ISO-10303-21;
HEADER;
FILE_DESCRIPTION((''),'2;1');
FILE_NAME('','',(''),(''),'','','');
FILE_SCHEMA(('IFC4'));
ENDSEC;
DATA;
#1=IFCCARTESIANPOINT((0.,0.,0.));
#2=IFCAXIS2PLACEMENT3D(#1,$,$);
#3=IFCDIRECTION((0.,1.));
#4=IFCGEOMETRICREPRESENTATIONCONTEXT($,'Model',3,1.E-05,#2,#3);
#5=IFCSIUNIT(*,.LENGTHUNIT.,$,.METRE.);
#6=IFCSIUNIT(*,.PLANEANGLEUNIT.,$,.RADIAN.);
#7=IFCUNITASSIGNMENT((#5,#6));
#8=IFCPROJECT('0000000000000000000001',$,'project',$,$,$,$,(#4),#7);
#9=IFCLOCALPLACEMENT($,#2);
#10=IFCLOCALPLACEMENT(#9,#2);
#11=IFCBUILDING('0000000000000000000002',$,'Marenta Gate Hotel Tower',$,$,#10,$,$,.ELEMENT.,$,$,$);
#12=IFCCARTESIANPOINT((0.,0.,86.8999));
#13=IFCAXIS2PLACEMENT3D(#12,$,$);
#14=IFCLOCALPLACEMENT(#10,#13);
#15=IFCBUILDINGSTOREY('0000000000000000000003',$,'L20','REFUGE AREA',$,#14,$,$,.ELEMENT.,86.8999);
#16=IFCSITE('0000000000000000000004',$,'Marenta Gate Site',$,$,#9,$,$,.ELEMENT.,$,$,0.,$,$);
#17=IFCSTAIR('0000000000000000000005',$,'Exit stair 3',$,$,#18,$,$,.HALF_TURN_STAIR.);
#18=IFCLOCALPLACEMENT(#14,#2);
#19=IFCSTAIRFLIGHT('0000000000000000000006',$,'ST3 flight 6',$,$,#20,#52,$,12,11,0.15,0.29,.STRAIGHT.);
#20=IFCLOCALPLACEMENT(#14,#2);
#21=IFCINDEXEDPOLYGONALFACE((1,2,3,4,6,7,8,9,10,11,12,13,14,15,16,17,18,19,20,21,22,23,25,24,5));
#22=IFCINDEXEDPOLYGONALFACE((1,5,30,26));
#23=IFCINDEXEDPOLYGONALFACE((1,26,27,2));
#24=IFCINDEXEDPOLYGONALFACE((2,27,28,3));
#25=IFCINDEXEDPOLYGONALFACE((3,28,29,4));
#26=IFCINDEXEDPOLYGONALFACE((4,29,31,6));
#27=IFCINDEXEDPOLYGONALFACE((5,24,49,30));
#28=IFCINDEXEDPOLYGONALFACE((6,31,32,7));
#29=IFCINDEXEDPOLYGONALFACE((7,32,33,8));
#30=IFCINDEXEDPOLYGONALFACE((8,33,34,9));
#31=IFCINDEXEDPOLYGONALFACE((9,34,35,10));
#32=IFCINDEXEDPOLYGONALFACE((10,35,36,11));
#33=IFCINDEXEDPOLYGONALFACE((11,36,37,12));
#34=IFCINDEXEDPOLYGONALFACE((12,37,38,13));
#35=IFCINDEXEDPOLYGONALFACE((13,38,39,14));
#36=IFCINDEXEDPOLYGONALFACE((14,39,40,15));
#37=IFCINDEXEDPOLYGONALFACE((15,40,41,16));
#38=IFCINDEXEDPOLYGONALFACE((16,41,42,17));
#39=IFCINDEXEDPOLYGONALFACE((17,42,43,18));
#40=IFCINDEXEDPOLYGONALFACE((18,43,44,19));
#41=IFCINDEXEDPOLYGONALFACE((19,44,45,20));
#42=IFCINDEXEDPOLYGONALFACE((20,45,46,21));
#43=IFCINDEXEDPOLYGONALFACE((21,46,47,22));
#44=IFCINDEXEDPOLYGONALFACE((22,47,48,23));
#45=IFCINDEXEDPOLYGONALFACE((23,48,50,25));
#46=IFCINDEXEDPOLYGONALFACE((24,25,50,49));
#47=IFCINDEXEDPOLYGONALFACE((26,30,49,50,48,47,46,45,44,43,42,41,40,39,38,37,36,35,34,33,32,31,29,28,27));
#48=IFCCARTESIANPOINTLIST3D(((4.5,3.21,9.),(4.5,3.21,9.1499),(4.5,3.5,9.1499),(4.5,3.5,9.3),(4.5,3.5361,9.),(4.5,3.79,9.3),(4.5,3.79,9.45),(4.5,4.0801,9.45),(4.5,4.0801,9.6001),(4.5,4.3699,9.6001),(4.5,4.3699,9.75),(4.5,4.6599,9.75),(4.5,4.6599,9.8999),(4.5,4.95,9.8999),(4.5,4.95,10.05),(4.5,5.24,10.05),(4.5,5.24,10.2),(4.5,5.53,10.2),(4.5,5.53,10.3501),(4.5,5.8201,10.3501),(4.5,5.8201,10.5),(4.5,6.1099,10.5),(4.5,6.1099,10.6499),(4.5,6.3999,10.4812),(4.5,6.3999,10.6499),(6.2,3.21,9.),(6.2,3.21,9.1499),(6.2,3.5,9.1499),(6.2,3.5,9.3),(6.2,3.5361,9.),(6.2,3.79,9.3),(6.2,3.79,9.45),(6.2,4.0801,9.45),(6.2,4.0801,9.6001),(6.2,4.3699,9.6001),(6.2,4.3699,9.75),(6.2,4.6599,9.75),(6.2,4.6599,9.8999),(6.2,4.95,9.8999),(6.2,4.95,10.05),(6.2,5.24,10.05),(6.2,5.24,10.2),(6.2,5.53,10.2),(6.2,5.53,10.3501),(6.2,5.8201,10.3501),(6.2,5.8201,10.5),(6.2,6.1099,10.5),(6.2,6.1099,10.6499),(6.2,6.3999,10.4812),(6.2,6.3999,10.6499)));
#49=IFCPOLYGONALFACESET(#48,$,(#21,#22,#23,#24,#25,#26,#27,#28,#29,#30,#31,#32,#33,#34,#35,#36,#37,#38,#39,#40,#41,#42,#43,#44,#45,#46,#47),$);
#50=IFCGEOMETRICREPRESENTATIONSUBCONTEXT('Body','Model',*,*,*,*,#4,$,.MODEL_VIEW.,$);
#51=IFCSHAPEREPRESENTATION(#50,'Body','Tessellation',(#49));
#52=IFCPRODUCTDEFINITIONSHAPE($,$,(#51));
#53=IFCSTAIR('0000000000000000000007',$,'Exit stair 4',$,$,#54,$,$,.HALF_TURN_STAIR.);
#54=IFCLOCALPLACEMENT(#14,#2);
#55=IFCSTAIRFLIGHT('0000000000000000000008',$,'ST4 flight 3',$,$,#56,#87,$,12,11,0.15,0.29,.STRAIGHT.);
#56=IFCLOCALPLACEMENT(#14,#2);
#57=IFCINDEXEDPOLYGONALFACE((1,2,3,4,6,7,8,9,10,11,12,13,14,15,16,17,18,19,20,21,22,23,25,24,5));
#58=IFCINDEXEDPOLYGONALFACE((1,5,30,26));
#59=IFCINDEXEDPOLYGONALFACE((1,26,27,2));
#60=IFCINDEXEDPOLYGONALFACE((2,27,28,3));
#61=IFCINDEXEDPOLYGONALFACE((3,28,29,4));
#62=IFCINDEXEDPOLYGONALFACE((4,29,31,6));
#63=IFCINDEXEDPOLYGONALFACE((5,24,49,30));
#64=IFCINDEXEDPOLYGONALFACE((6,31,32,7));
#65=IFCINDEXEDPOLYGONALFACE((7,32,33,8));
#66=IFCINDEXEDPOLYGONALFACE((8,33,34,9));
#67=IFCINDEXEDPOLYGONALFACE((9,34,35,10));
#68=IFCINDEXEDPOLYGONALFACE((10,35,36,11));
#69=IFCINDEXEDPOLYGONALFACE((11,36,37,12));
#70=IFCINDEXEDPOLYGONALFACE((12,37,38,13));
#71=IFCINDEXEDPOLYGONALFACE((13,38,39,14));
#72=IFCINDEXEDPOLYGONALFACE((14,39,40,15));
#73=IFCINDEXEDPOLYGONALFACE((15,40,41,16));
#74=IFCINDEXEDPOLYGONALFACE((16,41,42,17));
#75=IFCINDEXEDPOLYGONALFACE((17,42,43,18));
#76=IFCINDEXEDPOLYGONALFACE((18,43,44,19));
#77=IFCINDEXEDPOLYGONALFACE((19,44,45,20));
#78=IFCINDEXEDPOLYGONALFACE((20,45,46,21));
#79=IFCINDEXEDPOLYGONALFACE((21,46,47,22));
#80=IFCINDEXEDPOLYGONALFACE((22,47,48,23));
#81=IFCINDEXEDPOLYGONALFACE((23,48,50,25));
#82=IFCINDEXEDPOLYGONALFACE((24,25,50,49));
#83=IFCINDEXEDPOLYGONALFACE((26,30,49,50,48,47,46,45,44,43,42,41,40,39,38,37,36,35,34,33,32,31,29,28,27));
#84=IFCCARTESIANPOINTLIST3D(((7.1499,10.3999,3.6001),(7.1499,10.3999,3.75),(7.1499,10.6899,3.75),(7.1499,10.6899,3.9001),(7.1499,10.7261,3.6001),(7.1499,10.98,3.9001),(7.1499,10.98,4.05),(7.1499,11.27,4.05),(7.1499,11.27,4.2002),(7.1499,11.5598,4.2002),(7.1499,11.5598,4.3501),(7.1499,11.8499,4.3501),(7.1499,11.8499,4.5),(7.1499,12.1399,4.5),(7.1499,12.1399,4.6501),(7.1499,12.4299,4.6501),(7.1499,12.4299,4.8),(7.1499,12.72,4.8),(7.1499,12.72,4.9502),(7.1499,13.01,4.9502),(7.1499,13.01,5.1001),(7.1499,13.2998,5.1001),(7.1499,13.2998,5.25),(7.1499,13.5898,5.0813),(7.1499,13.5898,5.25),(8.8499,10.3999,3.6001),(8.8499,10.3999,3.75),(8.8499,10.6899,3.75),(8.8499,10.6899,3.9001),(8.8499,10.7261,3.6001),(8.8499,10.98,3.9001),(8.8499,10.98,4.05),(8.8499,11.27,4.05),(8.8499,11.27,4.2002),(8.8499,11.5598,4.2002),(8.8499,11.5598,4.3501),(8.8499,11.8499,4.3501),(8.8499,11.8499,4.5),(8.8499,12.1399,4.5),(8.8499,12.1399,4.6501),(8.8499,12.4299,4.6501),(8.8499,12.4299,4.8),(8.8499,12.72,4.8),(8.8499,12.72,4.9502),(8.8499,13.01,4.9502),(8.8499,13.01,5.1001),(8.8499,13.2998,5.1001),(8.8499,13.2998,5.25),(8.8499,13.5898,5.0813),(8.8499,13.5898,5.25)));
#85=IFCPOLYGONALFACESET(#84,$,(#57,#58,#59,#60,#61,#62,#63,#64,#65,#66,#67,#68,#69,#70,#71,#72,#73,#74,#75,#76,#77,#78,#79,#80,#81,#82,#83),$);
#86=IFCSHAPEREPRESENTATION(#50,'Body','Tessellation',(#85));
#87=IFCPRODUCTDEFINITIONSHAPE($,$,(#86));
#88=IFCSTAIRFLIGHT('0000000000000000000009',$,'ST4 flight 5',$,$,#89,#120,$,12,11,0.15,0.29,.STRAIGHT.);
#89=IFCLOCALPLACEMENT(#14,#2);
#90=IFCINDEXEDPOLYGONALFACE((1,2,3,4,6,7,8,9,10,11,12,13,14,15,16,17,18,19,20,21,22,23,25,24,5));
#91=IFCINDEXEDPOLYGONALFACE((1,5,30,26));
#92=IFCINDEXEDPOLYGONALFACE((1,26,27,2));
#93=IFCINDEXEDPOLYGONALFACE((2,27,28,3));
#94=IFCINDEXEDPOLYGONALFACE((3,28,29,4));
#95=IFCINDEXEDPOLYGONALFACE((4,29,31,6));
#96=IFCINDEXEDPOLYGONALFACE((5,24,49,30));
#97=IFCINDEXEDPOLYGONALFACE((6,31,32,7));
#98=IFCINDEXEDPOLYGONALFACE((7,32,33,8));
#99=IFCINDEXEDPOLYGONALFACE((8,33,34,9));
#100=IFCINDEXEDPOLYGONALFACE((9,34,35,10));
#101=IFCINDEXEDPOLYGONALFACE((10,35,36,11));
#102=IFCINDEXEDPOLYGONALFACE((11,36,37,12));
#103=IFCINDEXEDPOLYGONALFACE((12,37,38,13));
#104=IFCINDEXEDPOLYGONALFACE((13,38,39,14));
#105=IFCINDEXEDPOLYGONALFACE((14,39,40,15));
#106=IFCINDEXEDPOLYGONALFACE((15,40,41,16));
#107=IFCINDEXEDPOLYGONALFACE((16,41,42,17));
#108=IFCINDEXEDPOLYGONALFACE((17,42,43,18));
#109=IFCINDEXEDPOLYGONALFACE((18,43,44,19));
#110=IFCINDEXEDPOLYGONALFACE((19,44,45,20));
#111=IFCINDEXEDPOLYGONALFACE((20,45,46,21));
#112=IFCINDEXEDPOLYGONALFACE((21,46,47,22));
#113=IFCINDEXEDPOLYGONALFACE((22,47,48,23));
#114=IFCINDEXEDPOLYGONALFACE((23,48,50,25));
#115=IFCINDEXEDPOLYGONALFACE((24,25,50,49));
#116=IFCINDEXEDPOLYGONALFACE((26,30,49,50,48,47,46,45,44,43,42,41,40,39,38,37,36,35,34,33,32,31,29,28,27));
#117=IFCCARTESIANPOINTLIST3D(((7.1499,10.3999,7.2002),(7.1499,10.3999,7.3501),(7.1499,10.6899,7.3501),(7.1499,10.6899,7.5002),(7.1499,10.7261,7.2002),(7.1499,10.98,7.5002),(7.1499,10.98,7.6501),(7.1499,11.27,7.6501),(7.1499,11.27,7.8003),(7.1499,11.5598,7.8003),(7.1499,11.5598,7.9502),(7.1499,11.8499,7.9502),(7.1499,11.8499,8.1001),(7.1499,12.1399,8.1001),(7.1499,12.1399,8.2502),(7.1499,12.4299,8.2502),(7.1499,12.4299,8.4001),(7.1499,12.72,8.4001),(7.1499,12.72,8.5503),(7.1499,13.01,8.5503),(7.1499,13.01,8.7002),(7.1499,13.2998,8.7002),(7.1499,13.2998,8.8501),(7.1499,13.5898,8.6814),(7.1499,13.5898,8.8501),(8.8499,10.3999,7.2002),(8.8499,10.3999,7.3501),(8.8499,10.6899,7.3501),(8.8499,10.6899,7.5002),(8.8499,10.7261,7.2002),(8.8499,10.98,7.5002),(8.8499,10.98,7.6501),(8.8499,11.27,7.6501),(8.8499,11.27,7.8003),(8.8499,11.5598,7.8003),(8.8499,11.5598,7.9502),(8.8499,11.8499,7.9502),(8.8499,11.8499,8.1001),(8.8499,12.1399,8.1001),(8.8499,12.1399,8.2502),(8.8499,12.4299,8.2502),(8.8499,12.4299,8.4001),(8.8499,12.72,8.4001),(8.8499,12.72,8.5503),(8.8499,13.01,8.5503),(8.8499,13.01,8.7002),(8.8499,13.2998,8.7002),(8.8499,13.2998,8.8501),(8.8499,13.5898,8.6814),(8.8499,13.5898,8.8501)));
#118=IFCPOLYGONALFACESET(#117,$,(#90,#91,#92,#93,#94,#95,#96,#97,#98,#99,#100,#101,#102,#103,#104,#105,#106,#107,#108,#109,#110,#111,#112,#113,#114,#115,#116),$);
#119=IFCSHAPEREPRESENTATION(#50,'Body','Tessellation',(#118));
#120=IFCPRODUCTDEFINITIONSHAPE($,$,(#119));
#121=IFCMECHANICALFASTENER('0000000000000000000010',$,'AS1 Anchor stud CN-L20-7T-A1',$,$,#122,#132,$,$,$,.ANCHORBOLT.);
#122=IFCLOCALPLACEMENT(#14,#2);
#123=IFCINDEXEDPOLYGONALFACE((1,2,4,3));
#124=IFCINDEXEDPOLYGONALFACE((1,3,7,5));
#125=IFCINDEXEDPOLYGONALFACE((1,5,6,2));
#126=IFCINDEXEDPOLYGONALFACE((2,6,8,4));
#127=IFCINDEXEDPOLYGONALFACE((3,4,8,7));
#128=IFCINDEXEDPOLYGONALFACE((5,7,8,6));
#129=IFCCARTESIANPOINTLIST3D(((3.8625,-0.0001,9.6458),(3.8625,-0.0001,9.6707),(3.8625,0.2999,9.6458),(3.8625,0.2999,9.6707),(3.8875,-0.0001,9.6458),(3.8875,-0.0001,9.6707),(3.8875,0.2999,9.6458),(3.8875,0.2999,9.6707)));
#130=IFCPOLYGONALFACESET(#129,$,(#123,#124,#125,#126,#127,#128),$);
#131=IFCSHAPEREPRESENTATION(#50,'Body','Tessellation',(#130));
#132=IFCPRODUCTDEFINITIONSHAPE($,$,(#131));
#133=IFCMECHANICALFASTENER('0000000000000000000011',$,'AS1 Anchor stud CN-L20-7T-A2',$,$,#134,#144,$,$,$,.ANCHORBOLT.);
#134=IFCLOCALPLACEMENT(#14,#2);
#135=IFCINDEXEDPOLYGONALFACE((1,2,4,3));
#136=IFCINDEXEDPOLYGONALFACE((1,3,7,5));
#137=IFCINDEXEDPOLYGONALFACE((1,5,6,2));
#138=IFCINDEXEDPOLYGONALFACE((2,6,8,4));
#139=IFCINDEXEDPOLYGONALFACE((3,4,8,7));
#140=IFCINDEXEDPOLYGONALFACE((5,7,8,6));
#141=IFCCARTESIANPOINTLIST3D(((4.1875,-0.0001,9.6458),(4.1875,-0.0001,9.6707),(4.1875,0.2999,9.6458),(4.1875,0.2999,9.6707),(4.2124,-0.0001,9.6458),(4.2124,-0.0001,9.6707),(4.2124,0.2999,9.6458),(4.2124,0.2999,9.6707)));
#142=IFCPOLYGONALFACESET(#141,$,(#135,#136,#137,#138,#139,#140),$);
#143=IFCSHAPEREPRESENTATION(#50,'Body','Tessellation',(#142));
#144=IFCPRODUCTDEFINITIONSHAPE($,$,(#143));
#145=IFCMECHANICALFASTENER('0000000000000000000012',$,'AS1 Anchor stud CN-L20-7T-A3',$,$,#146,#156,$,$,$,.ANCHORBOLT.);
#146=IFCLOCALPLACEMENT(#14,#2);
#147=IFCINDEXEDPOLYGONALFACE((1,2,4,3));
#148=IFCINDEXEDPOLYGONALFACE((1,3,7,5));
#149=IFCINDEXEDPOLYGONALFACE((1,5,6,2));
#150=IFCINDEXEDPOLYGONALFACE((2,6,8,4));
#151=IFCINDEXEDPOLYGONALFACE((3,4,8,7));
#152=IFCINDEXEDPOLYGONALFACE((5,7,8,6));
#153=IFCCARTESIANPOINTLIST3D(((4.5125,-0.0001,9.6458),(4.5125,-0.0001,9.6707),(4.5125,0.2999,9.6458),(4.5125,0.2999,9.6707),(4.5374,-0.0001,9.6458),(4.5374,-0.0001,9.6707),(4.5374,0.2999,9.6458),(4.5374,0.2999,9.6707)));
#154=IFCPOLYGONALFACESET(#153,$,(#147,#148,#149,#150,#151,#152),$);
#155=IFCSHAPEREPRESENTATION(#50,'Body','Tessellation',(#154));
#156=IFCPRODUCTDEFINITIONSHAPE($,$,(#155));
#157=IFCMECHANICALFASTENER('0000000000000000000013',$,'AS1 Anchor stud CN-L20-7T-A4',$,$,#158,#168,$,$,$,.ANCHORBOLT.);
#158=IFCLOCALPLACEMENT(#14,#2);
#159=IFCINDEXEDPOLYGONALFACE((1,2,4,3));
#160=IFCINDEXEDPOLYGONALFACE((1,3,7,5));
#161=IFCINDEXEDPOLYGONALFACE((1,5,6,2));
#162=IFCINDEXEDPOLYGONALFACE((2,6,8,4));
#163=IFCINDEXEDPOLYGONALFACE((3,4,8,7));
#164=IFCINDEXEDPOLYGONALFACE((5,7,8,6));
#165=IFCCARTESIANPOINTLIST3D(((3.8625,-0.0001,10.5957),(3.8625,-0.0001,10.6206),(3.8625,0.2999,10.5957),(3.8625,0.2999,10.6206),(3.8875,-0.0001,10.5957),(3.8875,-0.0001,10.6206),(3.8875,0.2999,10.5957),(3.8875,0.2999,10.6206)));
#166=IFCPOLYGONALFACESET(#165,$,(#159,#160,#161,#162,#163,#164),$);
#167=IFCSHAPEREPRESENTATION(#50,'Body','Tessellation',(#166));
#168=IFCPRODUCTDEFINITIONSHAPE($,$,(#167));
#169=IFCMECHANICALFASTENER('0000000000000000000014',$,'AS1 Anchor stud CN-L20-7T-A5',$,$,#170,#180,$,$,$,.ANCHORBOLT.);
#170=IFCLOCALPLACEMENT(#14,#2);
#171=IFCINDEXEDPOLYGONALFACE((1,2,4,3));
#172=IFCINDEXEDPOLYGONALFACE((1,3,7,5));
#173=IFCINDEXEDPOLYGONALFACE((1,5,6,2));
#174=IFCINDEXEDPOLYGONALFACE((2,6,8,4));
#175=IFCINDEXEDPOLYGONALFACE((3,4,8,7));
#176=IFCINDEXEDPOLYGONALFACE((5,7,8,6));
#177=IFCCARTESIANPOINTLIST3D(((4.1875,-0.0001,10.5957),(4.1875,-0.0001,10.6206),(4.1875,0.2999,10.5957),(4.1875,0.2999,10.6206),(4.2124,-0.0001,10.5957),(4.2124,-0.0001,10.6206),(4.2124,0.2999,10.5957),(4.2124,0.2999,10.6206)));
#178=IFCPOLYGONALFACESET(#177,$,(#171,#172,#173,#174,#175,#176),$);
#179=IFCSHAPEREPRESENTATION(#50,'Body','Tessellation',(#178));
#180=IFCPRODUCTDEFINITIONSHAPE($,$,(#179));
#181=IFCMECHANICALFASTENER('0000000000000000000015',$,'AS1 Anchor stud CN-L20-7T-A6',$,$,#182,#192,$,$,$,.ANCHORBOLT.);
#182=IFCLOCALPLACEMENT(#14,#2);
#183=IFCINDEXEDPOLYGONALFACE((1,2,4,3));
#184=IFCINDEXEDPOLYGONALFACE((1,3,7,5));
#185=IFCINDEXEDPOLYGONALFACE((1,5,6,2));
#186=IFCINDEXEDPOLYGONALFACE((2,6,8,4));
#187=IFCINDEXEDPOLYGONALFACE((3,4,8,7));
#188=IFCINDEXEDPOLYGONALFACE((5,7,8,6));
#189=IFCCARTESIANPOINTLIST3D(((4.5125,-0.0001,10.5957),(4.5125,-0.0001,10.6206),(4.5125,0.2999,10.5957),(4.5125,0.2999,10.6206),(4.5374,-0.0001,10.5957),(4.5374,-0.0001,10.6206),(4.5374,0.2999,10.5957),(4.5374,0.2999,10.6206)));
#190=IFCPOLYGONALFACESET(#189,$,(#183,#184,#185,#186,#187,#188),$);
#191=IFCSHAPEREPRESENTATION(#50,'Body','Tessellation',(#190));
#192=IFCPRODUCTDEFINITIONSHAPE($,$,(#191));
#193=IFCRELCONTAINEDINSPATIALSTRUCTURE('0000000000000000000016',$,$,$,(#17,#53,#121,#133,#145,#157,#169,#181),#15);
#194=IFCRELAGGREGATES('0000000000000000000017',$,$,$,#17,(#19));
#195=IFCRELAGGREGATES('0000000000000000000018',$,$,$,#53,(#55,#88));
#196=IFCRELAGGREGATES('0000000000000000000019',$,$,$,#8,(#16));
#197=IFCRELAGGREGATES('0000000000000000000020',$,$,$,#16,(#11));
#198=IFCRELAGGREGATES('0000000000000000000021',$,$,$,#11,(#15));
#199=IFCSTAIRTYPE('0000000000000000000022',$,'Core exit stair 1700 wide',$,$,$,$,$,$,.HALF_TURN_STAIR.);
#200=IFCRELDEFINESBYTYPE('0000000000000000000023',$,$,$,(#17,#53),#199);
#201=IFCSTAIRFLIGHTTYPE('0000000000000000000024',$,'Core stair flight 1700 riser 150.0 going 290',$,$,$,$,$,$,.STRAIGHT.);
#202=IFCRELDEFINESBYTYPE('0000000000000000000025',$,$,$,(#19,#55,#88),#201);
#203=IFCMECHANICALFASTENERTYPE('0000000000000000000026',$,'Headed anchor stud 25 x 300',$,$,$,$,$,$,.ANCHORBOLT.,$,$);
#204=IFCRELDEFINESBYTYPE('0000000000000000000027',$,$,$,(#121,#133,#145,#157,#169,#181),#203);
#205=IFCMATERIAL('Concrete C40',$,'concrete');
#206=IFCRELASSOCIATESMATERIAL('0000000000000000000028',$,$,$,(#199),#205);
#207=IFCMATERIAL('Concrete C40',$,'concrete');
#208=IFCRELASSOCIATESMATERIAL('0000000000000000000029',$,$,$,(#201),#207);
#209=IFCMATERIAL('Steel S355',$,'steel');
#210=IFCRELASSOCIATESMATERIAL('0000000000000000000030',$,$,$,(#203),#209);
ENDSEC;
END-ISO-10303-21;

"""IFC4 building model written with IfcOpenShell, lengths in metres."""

from ifc_helpers import new_model, si_unit, direction, frame, origin, origin_2d, place, context, subcontext, project, spatial, polyline, rectangle, outline, extrude, material, type_object, element, aggregate, save


model = new_model("IFC4")

# Units and contexts
model_context = context("Model", 3, precision=1e-05, world=origin(), true_north=direction((0.0, 1.0)))
body_context = subcontext(model_context, "Body", "Model", "MODEL_VIEW")
ifc_project = project(units=[si_unit("LENGTHUNIT", "METRE"), si_unit("PLANEANGLEUNIT", "RADIAN")], contexts=[model_context])

# Site, building, storey
site_placement = place(None, origin())
site = spatial("IfcSite", under=ifc_project, at=site_placement, Name="Marenta Gate Site", CompositionType="ELEMENT", RefElevation=0.0)
building_placement = place(site_placement, origin())
building = spatial("IfcBuilding", under=site, at=building_placement, Name="Marenta Gate Hotel Tower", CompositionType="ELEMENT")
storey_placement = place(building_placement, frame((0.0, 0.0, 86.8999)))
storey = spatial("IfcBuildingStorey", under=building, at=storey_placement, Name="L20", Description="REFUGE AREA", CompositionType="ELEMENT", Elevation=86.8999)

# Stairs, stair flights
ifc_material_1 = material(Name="Concrete C40", Category="concrete")
stair_type = type_object("IfcStairType", Name="Core exit stair 1700 wide", PredefinedType="HALF_TURN_STAIR", material=ifc_material_1)
stair_1_placement = place(storey_placement, origin())
stair_1 = element("IfcStair", 1, at=stair_1_placement, inside=storey, type_object=stair_type, Name="Exit stair 3", PredefinedType="HALF_TURN_STAIR")
ifc_material_2 = material(Name="Concrete C40", Category="concrete")
stair_flight_type = type_object("IfcStairFlightType", Name="Core stair flight 1700 riser 150.0 going 290", PredefinedType="STRAIGHT", material=ifc_material_2)
stair_flight_1_placement = place(storey_placement, frame((5.3501, 3.21, 9.0), z_axis=(0.0, 0.0, 1.0), x_axis=(0.0, 1.0, 0.0)))
stair_flight_1 = element("IfcStairFlight", 2, at=stair_flight_1_placement, type_object=stair_flight_type, Name="ST3 flight 6", NumberOfRisers=12, NumberOfTreads=11, PredefinedType="STRAIGHT", RiserHeight=0.15, TreadLength=0.29, context=body_context, shape_type="SweptSolid", body=[
    extrude(outline(polyline([(0.0, 0.0), (0.0, 0.1499), (0.29, 0.1499), (0.29, 0.3), (0.5801, 0.3), (0.5801, 0.45), (0.8701, 0.45), (0.8701, 0.6001), (1.1599, 0.6001), (1.1599, 0.75), (1.45, 0.75), (1.45, 0.8999), (1.74, 0.8999), (1.74, 1.05), (2.03, 1.05), (2.03, 1.2), (2.3201, 1.2), (2.3201, 1.3501), (2.6101, 1.3501), (2.6101, 1.5), (2.8999, 1.5), (2.8999, 1.6499), (3.1899, 1.6499), (3.1899, 1.8), (3.1899, 1.4812), (0.3262, 0.0), (0.0, 0.0)])), frame((0.0, 0.8501, 0.0), z_axis=(0.0, -1.0, 0.0), x_axis=(1.0, 0.0, 0.0)), (0.0, 0.0, 1.0), 1.7),
])
aggregate(stair_1, [stair_flight_1])
stair_2_placement = place(storey_placement, origin())
stair_2 = element("IfcStair", 3, at=stair_2_placement, inside=storey, type_object=stair_type, Name="Exit stair 4", PredefinedType="HALF_TURN_STAIR")
stair_flight_2_placement = place(storey_placement, frame((8.0, 10.3999, 3.6001), z_axis=(0.0, 0.0, 1.0), x_axis=(0.0, 1.0, 0.0)))
stair_flight_2 = element("IfcStairFlight", 4, at=stair_flight_2_placement, type_object=stair_flight_type, Name="ST4 flight 3", NumberOfRisers=12, NumberOfTreads=11, PredefinedType="STRAIGHT", RiserHeight=0.15, TreadLength=0.29, context=body_context, shape_type="SweptSolid", body=[
    extrude(outline(polyline([(0.0, 0.0), (0.0, 0.1499), (0.29, 0.1499), (0.29, 0.3), (0.5801, 0.3), (0.5801, 0.45), (0.8701, 0.45), (0.8701, 0.6001), (1.1599, 0.6001), (1.1599, 0.75), (1.45, 0.75), (1.45, 0.8999), (1.74, 0.8999), (1.74, 1.05), (2.03, 1.05), (2.03, 1.2), (2.3201, 1.2), (2.3201, 1.3501), (2.6101, 1.3501), (2.6101, 1.5), (2.8999, 1.5), (2.8999, 1.6499), (3.1899, 1.6499), (3.1899, 1.8), (3.1899, 1.4812), (0.3262, 0.0), (0.0, 0.0)])), frame((0.0, 0.8501, 0.0), z_axis=(0.0, -1.0, 0.0), x_axis=(1.0, 0.0, 0.0)), (0.0, 0.0, 1.0), 1.7),
])
stair_flight_3_placement = place(storey_placement, frame((8.0, 10.3999, 7.2002), z_axis=(0.0, 0.0, 1.0), x_axis=(0.0, 1.0, 0.0)))
stair_flight_3 = element("IfcStairFlight", 5, at=stair_flight_3_placement, type_object=stair_flight_type, Name="ST4 flight 5", NumberOfRisers=12, NumberOfTreads=11, PredefinedType="STRAIGHT", RiserHeight=0.15, TreadLength=0.29, context=body_context, shape_type="SweptSolid", body=[
    extrude(outline(polyline([(0.0, 0.0), (0.0, 0.1499), (0.29, 0.1499), (0.29, 0.3), (0.5801, 0.3), (0.5801, 0.45), (0.8701, 0.45), (0.8701, 0.6001), (1.1599, 0.6001), (1.1599, 0.75), (1.45, 0.75), (1.45, 0.8999), (1.74, 0.8999), (1.74, 1.05), (2.03, 1.05), (2.03, 1.2), (2.3201, 1.2), (2.3201, 1.3501), (2.6101, 1.3501), (2.6101, 1.5), (2.8999, 1.5), (2.8999, 1.6499), (3.1899, 1.6499), (3.1899, 1.8), (3.1899, 1.4812), (0.3262, 0.0), (0.0, 0.0)])), frame((0.0, 0.8501, 0.0), z_axis=(0.0, -1.0, 0.0), x_axis=(1.0, 0.0, 0.0)), (0.0, 0.0, 1.0), 1.7),
])
aggregate(stair_2, [stair_flight_2, stair_flight_3])

# Mechanical fasteners
ifc_material_3 = material(Name="Steel S355", Category="steel")
mechanical_fastener_type = type_object("IfcMechanicalFastenerType", Name="Headed anchor stud 25 x 300", PredefinedType="ANCHORBOLT", material=ifc_material_3)
for number, where, z_axis, x_axis, name in (
    (6, (3.875, 0.1499, 9.6458), (0.0, 0.0, 1.0), (1.0, 0.0, 0.0), "AS1 Anchor stud CN-L20-7T-A1"),
    (7, (4.2, 0.1499, 9.6458), (0.0, 0.0, 1.0), (1.0, 0.0, 0.0), "AS1 Anchor stud CN-L20-7T-A2"),
    (8, (4.5249, 0.1499, 9.6458), (0.0, 0.0, 1.0), (1.0, 0.0, 0.0), "AS1 Anchor stud CN-L20-7T-A3"),
    (9, (3.875, 0.1499, 10.5957), (0.0, 0.0, 1.0), (1.0, 0.0, 0.0), "AS1 Anchor stud CN-L20-7T-A4"),
    (10, (4.2, 0.1499, 10.5957), (0.0, 0.0, 1.0), (1.0, 0.0, 0.0), "AS1 Anchor stud CN-L20-7T-A5"),
    (11, (4.5249, 0.1499, 10.5957), (0.0, 0.0, 1.0), (1.0, 0.0, 0.0), "AS1 Anchor stud CN-L20-7T-A6"),
):
    element("IfcMechanicalFastener", number, at=place(storey_placement, frame(where, z_axis=z_axis, x_axis=x_axis)), inside=storey, type_object=mechanical_fastener_type, Name=name, PredefinedType="ANCHORBOLT", context=body_context, shape_type="SweptSolid", body=[
        extrude(rectangle(XDim=0.0249, YDim=0.3, at=origin_2d()), origin(), (0.0, 0.0, 1.0), 0.0249),
    ])

save(model, "model.ifc")
